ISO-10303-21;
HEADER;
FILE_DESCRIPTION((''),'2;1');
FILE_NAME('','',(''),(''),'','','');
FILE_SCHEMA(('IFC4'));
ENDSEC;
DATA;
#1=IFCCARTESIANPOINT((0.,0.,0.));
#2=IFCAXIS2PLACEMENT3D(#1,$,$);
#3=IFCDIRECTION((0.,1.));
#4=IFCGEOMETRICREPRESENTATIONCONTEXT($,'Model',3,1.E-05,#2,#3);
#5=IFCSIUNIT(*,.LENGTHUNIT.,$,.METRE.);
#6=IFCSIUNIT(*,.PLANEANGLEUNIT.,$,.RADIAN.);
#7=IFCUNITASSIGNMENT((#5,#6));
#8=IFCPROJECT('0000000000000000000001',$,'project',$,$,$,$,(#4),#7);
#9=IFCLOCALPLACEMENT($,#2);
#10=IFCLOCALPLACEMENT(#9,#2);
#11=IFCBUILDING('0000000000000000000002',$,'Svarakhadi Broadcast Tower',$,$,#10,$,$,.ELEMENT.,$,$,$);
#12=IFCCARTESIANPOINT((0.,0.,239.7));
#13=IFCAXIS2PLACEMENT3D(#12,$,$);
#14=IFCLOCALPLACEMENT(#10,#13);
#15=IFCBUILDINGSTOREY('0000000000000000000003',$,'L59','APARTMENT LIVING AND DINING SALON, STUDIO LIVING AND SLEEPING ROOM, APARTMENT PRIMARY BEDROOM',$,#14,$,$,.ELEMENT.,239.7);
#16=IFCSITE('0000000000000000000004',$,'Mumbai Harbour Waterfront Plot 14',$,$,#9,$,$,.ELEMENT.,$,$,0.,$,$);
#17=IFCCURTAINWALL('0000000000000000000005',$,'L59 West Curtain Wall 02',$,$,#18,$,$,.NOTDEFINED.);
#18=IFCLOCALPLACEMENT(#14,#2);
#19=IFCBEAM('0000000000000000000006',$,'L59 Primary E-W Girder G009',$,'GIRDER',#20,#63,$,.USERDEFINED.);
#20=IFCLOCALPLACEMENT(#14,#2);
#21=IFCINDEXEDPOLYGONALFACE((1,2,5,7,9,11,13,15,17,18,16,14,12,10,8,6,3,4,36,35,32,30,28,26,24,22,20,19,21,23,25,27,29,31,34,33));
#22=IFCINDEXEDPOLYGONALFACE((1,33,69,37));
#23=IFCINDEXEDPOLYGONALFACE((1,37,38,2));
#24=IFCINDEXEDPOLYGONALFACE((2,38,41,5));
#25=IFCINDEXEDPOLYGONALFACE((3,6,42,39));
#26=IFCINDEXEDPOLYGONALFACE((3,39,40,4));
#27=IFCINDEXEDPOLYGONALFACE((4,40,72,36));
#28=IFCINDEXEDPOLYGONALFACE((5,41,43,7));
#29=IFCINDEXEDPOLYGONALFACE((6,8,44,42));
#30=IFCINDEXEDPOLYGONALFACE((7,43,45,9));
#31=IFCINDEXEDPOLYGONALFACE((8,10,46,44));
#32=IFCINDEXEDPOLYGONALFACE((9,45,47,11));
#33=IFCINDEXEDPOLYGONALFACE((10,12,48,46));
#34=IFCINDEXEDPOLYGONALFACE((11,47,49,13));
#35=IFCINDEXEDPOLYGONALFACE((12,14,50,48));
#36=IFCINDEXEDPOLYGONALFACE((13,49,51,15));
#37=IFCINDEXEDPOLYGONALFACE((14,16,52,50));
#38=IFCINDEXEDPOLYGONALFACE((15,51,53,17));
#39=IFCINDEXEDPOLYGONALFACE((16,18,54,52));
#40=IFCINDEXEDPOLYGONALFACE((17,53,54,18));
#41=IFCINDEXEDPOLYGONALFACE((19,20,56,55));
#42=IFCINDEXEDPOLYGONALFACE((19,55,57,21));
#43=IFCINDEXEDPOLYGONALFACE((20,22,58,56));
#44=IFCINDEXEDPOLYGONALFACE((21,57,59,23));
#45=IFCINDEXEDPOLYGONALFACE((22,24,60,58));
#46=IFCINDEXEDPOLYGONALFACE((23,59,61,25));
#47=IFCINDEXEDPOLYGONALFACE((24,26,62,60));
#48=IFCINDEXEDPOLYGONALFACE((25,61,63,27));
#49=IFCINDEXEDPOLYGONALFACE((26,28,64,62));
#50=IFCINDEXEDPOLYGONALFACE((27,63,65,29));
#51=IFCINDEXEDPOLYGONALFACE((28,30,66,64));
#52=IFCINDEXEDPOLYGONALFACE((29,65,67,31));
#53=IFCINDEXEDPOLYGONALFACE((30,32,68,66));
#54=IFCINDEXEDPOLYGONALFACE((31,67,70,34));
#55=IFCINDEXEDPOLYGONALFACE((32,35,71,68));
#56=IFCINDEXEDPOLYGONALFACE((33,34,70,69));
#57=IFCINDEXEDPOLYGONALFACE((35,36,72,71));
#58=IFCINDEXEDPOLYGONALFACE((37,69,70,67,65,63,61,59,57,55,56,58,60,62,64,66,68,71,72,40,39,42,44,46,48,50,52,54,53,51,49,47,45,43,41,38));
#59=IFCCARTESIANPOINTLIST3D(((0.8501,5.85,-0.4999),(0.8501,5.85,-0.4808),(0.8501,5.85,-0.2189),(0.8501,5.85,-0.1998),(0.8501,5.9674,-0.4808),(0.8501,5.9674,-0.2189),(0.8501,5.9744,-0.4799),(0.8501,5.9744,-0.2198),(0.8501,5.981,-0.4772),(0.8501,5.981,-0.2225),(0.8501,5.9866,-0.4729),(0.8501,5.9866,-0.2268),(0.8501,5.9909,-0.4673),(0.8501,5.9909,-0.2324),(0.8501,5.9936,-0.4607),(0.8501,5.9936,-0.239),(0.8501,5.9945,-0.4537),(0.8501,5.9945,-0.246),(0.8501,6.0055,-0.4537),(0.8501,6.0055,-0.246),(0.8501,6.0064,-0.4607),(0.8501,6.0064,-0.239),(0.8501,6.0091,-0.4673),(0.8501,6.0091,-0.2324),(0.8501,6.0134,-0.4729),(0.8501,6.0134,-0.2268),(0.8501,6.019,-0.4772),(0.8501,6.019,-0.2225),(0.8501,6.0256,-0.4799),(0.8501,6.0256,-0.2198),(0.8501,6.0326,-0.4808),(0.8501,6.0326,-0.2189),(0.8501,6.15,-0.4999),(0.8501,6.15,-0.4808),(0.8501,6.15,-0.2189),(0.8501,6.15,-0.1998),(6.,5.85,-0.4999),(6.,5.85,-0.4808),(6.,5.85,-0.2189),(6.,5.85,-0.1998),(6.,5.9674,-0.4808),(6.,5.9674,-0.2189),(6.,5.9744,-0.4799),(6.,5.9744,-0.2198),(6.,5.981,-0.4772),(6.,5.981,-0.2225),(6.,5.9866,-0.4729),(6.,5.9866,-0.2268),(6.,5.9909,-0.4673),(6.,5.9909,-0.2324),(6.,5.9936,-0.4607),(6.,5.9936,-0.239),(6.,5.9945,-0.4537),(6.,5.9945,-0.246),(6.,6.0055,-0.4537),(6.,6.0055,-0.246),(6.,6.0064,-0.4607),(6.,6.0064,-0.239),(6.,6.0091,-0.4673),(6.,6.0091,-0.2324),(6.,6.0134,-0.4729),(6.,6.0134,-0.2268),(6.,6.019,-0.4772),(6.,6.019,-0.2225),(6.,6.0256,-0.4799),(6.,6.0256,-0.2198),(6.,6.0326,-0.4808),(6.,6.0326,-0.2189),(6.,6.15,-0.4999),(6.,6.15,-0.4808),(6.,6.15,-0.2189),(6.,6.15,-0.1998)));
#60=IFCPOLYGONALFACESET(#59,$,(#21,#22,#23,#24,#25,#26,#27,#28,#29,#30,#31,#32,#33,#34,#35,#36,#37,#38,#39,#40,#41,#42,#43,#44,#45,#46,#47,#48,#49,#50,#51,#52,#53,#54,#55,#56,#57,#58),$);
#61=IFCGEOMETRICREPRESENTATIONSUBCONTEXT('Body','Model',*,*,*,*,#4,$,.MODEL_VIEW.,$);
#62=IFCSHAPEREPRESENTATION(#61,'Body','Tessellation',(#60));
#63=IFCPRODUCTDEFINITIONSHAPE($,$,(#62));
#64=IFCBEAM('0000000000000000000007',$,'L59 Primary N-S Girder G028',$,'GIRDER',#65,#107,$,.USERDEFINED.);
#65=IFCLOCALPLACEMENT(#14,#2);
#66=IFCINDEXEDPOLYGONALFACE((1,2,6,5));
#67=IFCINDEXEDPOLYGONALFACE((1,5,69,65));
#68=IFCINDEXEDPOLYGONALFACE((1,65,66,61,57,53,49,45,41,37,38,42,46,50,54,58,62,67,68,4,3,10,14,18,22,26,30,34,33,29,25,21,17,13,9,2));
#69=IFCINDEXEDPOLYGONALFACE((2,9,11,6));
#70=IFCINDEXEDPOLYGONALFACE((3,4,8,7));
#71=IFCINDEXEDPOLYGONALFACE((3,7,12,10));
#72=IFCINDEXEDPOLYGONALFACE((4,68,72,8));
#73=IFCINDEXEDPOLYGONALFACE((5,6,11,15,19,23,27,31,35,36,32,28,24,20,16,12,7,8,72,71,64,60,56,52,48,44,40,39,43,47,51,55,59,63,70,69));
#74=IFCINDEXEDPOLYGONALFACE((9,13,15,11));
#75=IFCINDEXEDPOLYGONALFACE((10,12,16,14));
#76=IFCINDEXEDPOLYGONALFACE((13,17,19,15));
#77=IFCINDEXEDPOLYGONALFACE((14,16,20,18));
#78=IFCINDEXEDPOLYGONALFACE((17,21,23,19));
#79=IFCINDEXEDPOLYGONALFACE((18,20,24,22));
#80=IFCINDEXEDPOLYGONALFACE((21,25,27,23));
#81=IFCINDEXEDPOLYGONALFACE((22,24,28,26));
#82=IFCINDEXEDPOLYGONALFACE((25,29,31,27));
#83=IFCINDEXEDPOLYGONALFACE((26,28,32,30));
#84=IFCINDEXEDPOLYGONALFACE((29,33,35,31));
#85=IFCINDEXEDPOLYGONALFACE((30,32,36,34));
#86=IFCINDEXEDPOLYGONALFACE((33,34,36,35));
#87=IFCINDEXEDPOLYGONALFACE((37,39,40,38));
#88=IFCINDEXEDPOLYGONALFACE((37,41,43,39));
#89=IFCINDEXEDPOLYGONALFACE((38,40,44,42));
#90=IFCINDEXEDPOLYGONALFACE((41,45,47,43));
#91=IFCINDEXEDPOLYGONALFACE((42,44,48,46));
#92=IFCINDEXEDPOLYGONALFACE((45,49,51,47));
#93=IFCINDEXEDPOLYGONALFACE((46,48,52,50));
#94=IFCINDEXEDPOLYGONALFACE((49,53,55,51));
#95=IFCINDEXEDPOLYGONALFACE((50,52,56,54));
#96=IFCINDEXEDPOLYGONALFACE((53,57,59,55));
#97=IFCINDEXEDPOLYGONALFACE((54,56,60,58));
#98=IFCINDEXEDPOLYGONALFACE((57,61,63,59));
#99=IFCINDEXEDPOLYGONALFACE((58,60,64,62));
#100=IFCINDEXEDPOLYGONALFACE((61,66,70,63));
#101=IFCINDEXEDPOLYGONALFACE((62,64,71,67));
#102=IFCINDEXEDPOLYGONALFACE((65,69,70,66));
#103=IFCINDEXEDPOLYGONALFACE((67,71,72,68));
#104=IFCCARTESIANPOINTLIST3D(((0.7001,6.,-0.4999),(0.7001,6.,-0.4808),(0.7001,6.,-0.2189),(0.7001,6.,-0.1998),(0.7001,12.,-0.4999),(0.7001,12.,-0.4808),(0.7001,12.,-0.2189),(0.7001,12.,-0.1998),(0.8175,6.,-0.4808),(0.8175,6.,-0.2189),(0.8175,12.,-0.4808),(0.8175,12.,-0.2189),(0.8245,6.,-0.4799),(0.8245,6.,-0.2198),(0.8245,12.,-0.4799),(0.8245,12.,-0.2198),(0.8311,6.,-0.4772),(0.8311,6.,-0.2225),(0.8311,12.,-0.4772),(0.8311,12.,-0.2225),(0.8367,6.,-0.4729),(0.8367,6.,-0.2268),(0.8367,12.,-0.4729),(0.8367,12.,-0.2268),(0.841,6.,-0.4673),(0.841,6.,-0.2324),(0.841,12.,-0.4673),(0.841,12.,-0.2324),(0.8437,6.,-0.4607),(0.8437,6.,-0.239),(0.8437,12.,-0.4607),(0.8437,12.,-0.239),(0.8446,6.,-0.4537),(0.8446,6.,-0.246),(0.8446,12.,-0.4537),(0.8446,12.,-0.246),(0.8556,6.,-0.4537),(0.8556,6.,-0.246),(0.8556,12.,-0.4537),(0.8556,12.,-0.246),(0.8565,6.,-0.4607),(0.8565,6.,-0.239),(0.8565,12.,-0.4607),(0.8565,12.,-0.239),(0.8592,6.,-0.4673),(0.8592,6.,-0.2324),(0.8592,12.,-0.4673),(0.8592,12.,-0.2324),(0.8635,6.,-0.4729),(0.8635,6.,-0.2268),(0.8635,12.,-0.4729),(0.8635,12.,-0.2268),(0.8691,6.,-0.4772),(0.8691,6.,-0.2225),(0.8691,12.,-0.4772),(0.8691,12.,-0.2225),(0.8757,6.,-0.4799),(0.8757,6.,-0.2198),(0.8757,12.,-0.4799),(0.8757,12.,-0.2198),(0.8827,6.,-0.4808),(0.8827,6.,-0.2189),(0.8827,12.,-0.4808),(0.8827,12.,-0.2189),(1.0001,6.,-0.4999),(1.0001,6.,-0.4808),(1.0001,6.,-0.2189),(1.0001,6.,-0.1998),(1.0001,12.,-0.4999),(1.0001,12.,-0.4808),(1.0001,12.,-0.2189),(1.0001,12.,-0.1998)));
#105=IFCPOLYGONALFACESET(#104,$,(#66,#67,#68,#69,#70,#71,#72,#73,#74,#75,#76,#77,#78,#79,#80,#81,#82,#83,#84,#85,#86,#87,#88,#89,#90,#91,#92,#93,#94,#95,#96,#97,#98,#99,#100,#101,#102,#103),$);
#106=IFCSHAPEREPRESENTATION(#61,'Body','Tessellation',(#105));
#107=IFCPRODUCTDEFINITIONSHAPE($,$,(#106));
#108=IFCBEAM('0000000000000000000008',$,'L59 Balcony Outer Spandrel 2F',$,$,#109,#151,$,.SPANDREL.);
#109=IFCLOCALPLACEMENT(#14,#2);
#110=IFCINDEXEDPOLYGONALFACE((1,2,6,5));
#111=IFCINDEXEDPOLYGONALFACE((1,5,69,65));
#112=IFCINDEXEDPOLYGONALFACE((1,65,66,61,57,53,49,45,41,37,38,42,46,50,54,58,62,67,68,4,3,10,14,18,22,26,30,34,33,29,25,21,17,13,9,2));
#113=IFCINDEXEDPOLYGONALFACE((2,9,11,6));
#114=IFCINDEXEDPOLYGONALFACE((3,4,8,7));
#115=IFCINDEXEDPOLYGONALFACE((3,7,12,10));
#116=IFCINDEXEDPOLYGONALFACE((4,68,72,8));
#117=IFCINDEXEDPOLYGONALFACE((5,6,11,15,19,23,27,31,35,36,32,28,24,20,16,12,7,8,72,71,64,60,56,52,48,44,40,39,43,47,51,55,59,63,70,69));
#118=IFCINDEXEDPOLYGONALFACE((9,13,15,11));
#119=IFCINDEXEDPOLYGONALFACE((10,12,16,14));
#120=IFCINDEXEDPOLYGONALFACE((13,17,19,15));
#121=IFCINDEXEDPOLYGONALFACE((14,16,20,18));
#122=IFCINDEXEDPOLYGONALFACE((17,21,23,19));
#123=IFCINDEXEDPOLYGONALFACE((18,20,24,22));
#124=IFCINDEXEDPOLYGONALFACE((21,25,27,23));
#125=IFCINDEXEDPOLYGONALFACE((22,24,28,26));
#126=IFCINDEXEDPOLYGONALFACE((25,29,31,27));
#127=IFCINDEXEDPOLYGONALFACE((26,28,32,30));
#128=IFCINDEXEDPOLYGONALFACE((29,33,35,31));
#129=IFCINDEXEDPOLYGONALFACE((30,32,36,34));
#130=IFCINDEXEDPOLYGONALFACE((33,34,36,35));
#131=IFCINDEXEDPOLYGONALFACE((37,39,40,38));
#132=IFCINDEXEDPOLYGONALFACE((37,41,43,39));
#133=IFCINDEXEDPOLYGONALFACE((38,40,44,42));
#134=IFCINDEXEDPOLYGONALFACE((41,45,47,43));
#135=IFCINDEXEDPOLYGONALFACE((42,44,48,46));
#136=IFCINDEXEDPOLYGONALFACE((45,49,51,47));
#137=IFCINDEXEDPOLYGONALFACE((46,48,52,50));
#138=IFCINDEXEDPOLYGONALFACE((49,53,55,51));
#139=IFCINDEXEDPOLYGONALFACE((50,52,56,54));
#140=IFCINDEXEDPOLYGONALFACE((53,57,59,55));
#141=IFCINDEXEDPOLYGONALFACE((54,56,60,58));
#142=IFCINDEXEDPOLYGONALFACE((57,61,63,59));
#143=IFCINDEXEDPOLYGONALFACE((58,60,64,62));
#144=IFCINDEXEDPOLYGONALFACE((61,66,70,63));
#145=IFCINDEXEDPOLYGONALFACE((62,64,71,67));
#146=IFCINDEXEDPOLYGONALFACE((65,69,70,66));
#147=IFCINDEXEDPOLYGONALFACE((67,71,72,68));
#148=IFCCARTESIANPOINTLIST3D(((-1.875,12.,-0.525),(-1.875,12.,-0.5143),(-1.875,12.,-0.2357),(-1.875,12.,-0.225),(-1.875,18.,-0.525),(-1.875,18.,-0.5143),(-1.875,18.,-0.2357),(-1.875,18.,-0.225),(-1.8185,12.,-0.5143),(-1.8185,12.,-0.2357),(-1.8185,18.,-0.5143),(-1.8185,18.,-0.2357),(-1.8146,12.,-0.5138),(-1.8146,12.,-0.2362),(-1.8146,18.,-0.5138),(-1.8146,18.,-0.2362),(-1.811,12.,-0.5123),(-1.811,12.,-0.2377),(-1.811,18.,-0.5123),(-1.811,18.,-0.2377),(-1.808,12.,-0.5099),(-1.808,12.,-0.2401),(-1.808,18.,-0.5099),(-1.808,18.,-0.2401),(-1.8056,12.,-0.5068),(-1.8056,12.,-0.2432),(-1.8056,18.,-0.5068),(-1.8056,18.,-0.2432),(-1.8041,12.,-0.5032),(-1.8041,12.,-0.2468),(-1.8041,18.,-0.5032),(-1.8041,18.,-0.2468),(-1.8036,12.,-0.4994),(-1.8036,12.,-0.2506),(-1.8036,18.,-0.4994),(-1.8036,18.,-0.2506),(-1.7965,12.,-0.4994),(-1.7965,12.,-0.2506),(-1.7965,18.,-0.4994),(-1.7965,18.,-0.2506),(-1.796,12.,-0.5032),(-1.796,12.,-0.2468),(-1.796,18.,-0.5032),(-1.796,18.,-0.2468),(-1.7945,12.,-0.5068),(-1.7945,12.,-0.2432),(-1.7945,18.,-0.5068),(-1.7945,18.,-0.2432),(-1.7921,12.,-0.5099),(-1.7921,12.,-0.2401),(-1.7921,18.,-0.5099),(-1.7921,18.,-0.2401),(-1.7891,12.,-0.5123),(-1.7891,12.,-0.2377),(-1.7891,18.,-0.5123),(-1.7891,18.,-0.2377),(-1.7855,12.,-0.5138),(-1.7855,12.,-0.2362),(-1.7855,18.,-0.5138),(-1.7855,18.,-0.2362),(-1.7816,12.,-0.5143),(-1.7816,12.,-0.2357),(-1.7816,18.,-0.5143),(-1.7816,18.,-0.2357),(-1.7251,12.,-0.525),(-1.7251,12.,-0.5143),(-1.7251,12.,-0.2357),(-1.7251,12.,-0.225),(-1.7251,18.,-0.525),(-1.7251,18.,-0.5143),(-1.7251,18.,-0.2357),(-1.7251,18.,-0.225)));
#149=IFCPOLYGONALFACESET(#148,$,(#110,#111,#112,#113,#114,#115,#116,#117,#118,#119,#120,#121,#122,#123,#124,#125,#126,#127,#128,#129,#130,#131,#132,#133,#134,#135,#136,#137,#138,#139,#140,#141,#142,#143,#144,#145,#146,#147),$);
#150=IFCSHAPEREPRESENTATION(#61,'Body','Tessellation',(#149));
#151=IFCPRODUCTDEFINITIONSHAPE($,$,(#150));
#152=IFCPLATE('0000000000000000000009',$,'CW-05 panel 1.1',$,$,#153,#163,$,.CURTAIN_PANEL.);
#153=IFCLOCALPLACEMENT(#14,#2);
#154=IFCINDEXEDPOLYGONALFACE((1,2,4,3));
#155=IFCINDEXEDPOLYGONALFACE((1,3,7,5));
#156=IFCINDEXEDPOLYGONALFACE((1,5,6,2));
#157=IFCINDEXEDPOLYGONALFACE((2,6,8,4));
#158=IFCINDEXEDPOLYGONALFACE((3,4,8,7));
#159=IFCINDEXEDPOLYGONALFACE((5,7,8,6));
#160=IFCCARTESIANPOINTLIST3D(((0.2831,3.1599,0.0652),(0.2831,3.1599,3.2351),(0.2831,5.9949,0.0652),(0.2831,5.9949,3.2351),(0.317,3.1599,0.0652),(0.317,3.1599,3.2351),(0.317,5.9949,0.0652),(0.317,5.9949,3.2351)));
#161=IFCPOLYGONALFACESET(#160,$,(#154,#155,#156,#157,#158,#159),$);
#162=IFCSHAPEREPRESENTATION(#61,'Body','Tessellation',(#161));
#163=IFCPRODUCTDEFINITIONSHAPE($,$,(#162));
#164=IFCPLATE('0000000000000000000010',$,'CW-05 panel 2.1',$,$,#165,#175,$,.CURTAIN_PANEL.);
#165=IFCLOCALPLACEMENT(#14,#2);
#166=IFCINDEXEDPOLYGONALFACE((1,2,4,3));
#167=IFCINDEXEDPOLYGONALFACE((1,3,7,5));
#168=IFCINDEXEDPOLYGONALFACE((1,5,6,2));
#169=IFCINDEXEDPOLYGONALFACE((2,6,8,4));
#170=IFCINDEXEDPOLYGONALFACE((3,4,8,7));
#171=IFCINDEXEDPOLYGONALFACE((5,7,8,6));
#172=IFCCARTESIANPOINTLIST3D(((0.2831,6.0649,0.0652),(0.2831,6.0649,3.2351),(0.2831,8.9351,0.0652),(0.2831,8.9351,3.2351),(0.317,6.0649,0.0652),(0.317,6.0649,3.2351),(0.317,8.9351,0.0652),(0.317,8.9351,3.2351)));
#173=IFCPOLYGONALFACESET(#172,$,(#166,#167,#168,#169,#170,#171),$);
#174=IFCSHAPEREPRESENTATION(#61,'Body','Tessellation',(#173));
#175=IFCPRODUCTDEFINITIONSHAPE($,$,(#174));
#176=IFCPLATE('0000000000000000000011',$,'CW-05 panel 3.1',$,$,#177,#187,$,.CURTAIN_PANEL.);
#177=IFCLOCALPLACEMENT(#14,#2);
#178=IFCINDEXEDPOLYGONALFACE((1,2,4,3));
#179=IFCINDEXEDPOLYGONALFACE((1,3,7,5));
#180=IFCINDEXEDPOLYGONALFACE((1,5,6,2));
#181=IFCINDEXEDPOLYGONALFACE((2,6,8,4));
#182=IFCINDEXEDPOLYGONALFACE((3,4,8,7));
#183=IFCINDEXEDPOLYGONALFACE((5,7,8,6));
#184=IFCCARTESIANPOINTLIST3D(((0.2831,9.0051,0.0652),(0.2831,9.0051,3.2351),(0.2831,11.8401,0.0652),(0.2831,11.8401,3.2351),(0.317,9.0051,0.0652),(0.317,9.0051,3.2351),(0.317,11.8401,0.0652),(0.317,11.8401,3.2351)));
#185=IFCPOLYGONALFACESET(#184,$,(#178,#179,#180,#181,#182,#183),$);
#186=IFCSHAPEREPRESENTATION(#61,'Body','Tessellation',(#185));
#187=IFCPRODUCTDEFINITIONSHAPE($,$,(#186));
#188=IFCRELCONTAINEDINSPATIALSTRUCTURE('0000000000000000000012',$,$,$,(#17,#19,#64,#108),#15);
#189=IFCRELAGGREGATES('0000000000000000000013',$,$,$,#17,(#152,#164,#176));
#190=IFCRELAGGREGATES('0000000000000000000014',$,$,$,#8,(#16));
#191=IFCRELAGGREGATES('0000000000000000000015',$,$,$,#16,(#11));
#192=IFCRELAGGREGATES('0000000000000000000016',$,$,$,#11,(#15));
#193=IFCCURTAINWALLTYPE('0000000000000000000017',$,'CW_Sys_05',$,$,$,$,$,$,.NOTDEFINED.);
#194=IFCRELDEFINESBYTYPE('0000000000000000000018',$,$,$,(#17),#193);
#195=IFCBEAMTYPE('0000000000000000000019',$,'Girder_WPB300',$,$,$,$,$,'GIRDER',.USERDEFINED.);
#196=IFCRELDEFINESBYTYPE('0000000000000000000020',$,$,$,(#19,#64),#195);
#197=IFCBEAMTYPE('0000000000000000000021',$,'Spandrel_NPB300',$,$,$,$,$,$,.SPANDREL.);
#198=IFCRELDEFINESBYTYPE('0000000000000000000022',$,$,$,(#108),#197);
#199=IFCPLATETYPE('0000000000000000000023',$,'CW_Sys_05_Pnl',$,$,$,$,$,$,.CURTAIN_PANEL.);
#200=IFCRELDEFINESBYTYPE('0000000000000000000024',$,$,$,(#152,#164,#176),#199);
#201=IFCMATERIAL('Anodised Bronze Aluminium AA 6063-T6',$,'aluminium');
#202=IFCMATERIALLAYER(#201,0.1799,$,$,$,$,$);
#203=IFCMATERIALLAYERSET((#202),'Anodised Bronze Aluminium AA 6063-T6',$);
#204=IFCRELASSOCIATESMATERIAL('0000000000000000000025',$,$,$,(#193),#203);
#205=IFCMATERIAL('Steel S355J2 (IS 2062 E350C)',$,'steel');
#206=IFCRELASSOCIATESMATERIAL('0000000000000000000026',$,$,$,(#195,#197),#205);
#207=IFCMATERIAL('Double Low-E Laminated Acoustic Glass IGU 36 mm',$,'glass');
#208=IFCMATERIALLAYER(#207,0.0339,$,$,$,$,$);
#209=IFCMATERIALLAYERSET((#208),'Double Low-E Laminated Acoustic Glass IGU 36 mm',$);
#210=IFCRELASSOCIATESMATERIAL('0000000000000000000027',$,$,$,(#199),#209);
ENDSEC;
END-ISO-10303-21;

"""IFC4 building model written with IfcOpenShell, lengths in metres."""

from ifc_helpers import new_model, si_unit, direction, frame, origin, origin_2d, place, context, subcontext, project, spatial, rectangle, i_section, extrude, material, layer, layer_set, material_profile, profile_set, type_object, element, aggregate, save


model = new_model("IFC4")

# Units and contexts
model_context = context("Model", 3, precision=1e-05, world=origin(), true_north=direction((0.0, 1.0)))
body_context = subcontext(model_context, "Body", "Model", "MODEL_VIEW")
ifc_project = project(units=[si_unit("LENGTHUNIT", "METRE"), si_unit("PLANEANGLEUNIT", "RADIAN")], contexts=[model_context])

# Site, building, storey
site_placement = place(None, origin())
site = spatial("IfcSite", under=ifc_project, at=site_placement, Name="Mumbai Harbour Waterfront Plot 14", CompositionType="ELEMENT", RefElevation=0.0)
building_placement = place(site_placement, origin())
building = spatial("IfcBuilding", under=site, at=building_placement, Name="Svarakhadi Broadcast Tower", CompositionType="ELEMENT")
storey_placement = place(building_placement, frame((0.0, 0.0, 239.7)))
storey = spatial("IfcBuildingStorey", under=building, at=storey_placement, Name="L59", Description="APARTMENT LIVING AND DINING SALON, STUDIO LIVING AND SLEEPING ROOM, APARTMENT PRIMARY BEDROOM", CompositionType="ELEMENT", Elevation=239.7)

# Shared definitions
ifc_material_1 = material(Name="Steel S355J2 (IS 2062 E350C)", Category="steel")

# Shared definitions
ifc_material_2 = material(Name="Anodised Bronze Aluminium AA 6063-T6", Category="aluminium")
ifc_layer_1 = layer(ifc_material_2, 0.1799)
ifc_layer_set_1 = layer_set([ifc_layer_1], Name="Anodised Bronze Aluminium AA 6063-T6")
curtain_wall_type = type_object("IfcCurtainWallType", Name="CW_Sys_05", PredefinedType="NOTDEFINED", material=ifc_layer_set_1)

# Curtain wall
curtain_wall_1_placement = place(storey_placement, origin())
curtain_wall_1 = element("IfcCurtainWall", 1, at=curtain_wall_1_placement, inside=storey, type_object=curtain_wall_type, Name="L59 West Curtain Wall 02", PredefinedType="NOTDEFINED")

# Beams
ifc_material_profile_1 = material_profile(ifc_material_1, i_section(OverallWidth=0.3, OverallDepth=0.3, WebThickness=0.011, FlangeThickness=0.019, FilletRadius=0.0271, at=origin_2d()), Name="WPB 300x300x117")
ifc_profile_set_1 = profile_set([ifc_material_profile_1], Name="Steel S355J2 (IS 2062 E350C)")
beam_type_1 = type_object("IfcBeamType", Name="Girder_WPB300", ElementType="GIRDER", PredefinedType="USERDEFINED", material=ifc_profile_set_1)
beam_1_placement = place(storey_placement, frame((0.8501, 6.0, -0.3499), z_axis=(1.0, 0.0, 0.0), x_axis=(0.0, 1.0, 0.0)))
element("IfcBeam", 2, at=beam_1_placement, inside=storey, type_object=beam_type_1, Name="L59 Primary E-W Girder G009", ObjectType="GIRDER", PredefinedType="USERDEFINED", context=body_context, shape_type="SweptSolid", body=[
    extrude(i_section(OverallWidth=0.3, OverallDepth=0.3, WebThickness=0.011, FlangeThickness=0.019, FilletRadius=0.0271, at=origin_2d()), origin(), (0.0, 0.0, 1.0), 5.1499),
])
beam_2_placement = place(storey_placement, frame((0.8501, 6.0, -0.3499), z_axis=(0.0, 1.0, 0.0), x_axis=(-1.0, 0.0, 0.0)))
element("IfcBeam", 3, at=beam_2_placement, inside=storey, type_object=beam_type_1, Name="L59 Primary N-S Girder G028", ObjectType="GIRDER", PredefinedType="USERDEFINED", context=body_context, shape_type="SweptSolid", body=[
    extrude(i_section(OverallWidth=0.3, OverallDepth=0.3, WebThickness=0.011, FlangeThickness=0.019, FilletRadius=0.0271, at=origin_2d()), origin(), (0.0, 0.0, 1.0), 6.0),
])
ifc_material_profile_2 = material_profile(ifc_material_1, i_section(OverallWidth=0.1499, OverallDepth=0.3, WebThickness=0.0071, FlangeThickness=0.0107, FilletRadius=0.0149, at=origin_2d()), Name="NPB 300x150x37")
ifc_profile_set_2 = profile_set([ifc_material_profile_2], Name="Steel S355J2 (IS 2062 E350C)")
beam_type_2 = type_object("IfcBeamType", Name="Spandrel_NPB300", PredefinedType="SPANDREL", material=ifc_profile_set_2)
beam_3_placement = place(storey_placement, frame((-1.8, 12.0, -0.375), z_axis=(0.0, 1.0, 0.0), x_axis=(-1.0, 0.0, 0.0)))
element("IfcBeam", 4, at=beam_3_placement, inside=storey, type_object=beam_type_2, Name="L59 Balcony Outer Spandrel 2F", PredefinedType="SPANDREL", context=body_context, shape_type="SweptSolid", body=[
    extrude(i_section(OverallWidth=0.1499, OverallDepth=0.3, WebThickness=0.0071, FlangeThickness=0.0107, FilletRadius=0.0149, at=origin_2d()), origin(), (0.0, 0.0, 1.0), 6.0),
])

# Plates
ifc_material_3 = material(Name="Double Low-E Laminated Acoustic Glass IGU 36 mm", Category="glass")
ifc_layer_2 = layer(ifc_material_3, 0.0339)
ifc_layer_set_2 = layer_set([ifc_layer_2], Name="Double Low-E Laminated Acoustic Glass IGU 36 mm")
plate_type = type_object("IfcPlateType", Name="CW_Sys_05_Pnl", PredefinedType="CURTAIN_PANEL", material=ifc_layer_set_2)
plate_1_placement = place(storey_placement, frame((0.3, 4.5774, 0.0652), z_axis=(0.0, 0.0, 1.0), x_axis=(0.0, 1.0, 0.0)))
plate_1 = element("IfcPlate", 5, at=plate_1_placement, type_object=plate_type, Name="CW-05 panel 1.1", PredefinedType="CURTAIN_PANEL", context=body_context, shape_type="SweptSolid", body=[
    extrude(rectangle(XDim=2.835, YDim=0.0339, at=origin_2d()), origin(), (0.0, 0.0, 1.0), 3.1699),
])
plate_2_placement = place(storey_placement, frame((0.3, 7.5, 0.0652), z_axis=(0.0, 0.0, 1.0), x_axis=(0.0, 1.0, 0.0)))
plate_2 = element("IfcPlate", 6, at=plate_2_placement, type_object=plate_type, Name="CW-05 panel 2.1", PredefinedType="CURTAIN_PANEL", context=body_context, shape_type="SweptSolid", body=[
    extrude(rectangle(XDim=2.8701, YDim=0.0339, at=origin_2d()), origin(), (0.0, 0.0, 1.0), 3.1699),
])
plate_3_placement = place(storey_placement, frame((0.3, 10.4226, 0.0652), z_axis=(0.0, 0.0, 1.0), x_axis=(0.0, 1.0, 0.0)))
plate_3 = element("IfcPlate", 7, at=plate_3_placement, type_object=plate_type, Name="CW-05 panel 3.1", PredefinedType="CURTAIN_PANEL", context=body_context, shape_type="SweptSolid", body=[
    extrude(rectangle(XDim=2.835, YDim=0.0339, at=origin_2d()), origin(), (0.0, 0.0, 1.0), 3.1699),
])
aggregate(curtain_wall_1, [plate_1, plate_2, plate_3])

save(model, "model.ifc")
